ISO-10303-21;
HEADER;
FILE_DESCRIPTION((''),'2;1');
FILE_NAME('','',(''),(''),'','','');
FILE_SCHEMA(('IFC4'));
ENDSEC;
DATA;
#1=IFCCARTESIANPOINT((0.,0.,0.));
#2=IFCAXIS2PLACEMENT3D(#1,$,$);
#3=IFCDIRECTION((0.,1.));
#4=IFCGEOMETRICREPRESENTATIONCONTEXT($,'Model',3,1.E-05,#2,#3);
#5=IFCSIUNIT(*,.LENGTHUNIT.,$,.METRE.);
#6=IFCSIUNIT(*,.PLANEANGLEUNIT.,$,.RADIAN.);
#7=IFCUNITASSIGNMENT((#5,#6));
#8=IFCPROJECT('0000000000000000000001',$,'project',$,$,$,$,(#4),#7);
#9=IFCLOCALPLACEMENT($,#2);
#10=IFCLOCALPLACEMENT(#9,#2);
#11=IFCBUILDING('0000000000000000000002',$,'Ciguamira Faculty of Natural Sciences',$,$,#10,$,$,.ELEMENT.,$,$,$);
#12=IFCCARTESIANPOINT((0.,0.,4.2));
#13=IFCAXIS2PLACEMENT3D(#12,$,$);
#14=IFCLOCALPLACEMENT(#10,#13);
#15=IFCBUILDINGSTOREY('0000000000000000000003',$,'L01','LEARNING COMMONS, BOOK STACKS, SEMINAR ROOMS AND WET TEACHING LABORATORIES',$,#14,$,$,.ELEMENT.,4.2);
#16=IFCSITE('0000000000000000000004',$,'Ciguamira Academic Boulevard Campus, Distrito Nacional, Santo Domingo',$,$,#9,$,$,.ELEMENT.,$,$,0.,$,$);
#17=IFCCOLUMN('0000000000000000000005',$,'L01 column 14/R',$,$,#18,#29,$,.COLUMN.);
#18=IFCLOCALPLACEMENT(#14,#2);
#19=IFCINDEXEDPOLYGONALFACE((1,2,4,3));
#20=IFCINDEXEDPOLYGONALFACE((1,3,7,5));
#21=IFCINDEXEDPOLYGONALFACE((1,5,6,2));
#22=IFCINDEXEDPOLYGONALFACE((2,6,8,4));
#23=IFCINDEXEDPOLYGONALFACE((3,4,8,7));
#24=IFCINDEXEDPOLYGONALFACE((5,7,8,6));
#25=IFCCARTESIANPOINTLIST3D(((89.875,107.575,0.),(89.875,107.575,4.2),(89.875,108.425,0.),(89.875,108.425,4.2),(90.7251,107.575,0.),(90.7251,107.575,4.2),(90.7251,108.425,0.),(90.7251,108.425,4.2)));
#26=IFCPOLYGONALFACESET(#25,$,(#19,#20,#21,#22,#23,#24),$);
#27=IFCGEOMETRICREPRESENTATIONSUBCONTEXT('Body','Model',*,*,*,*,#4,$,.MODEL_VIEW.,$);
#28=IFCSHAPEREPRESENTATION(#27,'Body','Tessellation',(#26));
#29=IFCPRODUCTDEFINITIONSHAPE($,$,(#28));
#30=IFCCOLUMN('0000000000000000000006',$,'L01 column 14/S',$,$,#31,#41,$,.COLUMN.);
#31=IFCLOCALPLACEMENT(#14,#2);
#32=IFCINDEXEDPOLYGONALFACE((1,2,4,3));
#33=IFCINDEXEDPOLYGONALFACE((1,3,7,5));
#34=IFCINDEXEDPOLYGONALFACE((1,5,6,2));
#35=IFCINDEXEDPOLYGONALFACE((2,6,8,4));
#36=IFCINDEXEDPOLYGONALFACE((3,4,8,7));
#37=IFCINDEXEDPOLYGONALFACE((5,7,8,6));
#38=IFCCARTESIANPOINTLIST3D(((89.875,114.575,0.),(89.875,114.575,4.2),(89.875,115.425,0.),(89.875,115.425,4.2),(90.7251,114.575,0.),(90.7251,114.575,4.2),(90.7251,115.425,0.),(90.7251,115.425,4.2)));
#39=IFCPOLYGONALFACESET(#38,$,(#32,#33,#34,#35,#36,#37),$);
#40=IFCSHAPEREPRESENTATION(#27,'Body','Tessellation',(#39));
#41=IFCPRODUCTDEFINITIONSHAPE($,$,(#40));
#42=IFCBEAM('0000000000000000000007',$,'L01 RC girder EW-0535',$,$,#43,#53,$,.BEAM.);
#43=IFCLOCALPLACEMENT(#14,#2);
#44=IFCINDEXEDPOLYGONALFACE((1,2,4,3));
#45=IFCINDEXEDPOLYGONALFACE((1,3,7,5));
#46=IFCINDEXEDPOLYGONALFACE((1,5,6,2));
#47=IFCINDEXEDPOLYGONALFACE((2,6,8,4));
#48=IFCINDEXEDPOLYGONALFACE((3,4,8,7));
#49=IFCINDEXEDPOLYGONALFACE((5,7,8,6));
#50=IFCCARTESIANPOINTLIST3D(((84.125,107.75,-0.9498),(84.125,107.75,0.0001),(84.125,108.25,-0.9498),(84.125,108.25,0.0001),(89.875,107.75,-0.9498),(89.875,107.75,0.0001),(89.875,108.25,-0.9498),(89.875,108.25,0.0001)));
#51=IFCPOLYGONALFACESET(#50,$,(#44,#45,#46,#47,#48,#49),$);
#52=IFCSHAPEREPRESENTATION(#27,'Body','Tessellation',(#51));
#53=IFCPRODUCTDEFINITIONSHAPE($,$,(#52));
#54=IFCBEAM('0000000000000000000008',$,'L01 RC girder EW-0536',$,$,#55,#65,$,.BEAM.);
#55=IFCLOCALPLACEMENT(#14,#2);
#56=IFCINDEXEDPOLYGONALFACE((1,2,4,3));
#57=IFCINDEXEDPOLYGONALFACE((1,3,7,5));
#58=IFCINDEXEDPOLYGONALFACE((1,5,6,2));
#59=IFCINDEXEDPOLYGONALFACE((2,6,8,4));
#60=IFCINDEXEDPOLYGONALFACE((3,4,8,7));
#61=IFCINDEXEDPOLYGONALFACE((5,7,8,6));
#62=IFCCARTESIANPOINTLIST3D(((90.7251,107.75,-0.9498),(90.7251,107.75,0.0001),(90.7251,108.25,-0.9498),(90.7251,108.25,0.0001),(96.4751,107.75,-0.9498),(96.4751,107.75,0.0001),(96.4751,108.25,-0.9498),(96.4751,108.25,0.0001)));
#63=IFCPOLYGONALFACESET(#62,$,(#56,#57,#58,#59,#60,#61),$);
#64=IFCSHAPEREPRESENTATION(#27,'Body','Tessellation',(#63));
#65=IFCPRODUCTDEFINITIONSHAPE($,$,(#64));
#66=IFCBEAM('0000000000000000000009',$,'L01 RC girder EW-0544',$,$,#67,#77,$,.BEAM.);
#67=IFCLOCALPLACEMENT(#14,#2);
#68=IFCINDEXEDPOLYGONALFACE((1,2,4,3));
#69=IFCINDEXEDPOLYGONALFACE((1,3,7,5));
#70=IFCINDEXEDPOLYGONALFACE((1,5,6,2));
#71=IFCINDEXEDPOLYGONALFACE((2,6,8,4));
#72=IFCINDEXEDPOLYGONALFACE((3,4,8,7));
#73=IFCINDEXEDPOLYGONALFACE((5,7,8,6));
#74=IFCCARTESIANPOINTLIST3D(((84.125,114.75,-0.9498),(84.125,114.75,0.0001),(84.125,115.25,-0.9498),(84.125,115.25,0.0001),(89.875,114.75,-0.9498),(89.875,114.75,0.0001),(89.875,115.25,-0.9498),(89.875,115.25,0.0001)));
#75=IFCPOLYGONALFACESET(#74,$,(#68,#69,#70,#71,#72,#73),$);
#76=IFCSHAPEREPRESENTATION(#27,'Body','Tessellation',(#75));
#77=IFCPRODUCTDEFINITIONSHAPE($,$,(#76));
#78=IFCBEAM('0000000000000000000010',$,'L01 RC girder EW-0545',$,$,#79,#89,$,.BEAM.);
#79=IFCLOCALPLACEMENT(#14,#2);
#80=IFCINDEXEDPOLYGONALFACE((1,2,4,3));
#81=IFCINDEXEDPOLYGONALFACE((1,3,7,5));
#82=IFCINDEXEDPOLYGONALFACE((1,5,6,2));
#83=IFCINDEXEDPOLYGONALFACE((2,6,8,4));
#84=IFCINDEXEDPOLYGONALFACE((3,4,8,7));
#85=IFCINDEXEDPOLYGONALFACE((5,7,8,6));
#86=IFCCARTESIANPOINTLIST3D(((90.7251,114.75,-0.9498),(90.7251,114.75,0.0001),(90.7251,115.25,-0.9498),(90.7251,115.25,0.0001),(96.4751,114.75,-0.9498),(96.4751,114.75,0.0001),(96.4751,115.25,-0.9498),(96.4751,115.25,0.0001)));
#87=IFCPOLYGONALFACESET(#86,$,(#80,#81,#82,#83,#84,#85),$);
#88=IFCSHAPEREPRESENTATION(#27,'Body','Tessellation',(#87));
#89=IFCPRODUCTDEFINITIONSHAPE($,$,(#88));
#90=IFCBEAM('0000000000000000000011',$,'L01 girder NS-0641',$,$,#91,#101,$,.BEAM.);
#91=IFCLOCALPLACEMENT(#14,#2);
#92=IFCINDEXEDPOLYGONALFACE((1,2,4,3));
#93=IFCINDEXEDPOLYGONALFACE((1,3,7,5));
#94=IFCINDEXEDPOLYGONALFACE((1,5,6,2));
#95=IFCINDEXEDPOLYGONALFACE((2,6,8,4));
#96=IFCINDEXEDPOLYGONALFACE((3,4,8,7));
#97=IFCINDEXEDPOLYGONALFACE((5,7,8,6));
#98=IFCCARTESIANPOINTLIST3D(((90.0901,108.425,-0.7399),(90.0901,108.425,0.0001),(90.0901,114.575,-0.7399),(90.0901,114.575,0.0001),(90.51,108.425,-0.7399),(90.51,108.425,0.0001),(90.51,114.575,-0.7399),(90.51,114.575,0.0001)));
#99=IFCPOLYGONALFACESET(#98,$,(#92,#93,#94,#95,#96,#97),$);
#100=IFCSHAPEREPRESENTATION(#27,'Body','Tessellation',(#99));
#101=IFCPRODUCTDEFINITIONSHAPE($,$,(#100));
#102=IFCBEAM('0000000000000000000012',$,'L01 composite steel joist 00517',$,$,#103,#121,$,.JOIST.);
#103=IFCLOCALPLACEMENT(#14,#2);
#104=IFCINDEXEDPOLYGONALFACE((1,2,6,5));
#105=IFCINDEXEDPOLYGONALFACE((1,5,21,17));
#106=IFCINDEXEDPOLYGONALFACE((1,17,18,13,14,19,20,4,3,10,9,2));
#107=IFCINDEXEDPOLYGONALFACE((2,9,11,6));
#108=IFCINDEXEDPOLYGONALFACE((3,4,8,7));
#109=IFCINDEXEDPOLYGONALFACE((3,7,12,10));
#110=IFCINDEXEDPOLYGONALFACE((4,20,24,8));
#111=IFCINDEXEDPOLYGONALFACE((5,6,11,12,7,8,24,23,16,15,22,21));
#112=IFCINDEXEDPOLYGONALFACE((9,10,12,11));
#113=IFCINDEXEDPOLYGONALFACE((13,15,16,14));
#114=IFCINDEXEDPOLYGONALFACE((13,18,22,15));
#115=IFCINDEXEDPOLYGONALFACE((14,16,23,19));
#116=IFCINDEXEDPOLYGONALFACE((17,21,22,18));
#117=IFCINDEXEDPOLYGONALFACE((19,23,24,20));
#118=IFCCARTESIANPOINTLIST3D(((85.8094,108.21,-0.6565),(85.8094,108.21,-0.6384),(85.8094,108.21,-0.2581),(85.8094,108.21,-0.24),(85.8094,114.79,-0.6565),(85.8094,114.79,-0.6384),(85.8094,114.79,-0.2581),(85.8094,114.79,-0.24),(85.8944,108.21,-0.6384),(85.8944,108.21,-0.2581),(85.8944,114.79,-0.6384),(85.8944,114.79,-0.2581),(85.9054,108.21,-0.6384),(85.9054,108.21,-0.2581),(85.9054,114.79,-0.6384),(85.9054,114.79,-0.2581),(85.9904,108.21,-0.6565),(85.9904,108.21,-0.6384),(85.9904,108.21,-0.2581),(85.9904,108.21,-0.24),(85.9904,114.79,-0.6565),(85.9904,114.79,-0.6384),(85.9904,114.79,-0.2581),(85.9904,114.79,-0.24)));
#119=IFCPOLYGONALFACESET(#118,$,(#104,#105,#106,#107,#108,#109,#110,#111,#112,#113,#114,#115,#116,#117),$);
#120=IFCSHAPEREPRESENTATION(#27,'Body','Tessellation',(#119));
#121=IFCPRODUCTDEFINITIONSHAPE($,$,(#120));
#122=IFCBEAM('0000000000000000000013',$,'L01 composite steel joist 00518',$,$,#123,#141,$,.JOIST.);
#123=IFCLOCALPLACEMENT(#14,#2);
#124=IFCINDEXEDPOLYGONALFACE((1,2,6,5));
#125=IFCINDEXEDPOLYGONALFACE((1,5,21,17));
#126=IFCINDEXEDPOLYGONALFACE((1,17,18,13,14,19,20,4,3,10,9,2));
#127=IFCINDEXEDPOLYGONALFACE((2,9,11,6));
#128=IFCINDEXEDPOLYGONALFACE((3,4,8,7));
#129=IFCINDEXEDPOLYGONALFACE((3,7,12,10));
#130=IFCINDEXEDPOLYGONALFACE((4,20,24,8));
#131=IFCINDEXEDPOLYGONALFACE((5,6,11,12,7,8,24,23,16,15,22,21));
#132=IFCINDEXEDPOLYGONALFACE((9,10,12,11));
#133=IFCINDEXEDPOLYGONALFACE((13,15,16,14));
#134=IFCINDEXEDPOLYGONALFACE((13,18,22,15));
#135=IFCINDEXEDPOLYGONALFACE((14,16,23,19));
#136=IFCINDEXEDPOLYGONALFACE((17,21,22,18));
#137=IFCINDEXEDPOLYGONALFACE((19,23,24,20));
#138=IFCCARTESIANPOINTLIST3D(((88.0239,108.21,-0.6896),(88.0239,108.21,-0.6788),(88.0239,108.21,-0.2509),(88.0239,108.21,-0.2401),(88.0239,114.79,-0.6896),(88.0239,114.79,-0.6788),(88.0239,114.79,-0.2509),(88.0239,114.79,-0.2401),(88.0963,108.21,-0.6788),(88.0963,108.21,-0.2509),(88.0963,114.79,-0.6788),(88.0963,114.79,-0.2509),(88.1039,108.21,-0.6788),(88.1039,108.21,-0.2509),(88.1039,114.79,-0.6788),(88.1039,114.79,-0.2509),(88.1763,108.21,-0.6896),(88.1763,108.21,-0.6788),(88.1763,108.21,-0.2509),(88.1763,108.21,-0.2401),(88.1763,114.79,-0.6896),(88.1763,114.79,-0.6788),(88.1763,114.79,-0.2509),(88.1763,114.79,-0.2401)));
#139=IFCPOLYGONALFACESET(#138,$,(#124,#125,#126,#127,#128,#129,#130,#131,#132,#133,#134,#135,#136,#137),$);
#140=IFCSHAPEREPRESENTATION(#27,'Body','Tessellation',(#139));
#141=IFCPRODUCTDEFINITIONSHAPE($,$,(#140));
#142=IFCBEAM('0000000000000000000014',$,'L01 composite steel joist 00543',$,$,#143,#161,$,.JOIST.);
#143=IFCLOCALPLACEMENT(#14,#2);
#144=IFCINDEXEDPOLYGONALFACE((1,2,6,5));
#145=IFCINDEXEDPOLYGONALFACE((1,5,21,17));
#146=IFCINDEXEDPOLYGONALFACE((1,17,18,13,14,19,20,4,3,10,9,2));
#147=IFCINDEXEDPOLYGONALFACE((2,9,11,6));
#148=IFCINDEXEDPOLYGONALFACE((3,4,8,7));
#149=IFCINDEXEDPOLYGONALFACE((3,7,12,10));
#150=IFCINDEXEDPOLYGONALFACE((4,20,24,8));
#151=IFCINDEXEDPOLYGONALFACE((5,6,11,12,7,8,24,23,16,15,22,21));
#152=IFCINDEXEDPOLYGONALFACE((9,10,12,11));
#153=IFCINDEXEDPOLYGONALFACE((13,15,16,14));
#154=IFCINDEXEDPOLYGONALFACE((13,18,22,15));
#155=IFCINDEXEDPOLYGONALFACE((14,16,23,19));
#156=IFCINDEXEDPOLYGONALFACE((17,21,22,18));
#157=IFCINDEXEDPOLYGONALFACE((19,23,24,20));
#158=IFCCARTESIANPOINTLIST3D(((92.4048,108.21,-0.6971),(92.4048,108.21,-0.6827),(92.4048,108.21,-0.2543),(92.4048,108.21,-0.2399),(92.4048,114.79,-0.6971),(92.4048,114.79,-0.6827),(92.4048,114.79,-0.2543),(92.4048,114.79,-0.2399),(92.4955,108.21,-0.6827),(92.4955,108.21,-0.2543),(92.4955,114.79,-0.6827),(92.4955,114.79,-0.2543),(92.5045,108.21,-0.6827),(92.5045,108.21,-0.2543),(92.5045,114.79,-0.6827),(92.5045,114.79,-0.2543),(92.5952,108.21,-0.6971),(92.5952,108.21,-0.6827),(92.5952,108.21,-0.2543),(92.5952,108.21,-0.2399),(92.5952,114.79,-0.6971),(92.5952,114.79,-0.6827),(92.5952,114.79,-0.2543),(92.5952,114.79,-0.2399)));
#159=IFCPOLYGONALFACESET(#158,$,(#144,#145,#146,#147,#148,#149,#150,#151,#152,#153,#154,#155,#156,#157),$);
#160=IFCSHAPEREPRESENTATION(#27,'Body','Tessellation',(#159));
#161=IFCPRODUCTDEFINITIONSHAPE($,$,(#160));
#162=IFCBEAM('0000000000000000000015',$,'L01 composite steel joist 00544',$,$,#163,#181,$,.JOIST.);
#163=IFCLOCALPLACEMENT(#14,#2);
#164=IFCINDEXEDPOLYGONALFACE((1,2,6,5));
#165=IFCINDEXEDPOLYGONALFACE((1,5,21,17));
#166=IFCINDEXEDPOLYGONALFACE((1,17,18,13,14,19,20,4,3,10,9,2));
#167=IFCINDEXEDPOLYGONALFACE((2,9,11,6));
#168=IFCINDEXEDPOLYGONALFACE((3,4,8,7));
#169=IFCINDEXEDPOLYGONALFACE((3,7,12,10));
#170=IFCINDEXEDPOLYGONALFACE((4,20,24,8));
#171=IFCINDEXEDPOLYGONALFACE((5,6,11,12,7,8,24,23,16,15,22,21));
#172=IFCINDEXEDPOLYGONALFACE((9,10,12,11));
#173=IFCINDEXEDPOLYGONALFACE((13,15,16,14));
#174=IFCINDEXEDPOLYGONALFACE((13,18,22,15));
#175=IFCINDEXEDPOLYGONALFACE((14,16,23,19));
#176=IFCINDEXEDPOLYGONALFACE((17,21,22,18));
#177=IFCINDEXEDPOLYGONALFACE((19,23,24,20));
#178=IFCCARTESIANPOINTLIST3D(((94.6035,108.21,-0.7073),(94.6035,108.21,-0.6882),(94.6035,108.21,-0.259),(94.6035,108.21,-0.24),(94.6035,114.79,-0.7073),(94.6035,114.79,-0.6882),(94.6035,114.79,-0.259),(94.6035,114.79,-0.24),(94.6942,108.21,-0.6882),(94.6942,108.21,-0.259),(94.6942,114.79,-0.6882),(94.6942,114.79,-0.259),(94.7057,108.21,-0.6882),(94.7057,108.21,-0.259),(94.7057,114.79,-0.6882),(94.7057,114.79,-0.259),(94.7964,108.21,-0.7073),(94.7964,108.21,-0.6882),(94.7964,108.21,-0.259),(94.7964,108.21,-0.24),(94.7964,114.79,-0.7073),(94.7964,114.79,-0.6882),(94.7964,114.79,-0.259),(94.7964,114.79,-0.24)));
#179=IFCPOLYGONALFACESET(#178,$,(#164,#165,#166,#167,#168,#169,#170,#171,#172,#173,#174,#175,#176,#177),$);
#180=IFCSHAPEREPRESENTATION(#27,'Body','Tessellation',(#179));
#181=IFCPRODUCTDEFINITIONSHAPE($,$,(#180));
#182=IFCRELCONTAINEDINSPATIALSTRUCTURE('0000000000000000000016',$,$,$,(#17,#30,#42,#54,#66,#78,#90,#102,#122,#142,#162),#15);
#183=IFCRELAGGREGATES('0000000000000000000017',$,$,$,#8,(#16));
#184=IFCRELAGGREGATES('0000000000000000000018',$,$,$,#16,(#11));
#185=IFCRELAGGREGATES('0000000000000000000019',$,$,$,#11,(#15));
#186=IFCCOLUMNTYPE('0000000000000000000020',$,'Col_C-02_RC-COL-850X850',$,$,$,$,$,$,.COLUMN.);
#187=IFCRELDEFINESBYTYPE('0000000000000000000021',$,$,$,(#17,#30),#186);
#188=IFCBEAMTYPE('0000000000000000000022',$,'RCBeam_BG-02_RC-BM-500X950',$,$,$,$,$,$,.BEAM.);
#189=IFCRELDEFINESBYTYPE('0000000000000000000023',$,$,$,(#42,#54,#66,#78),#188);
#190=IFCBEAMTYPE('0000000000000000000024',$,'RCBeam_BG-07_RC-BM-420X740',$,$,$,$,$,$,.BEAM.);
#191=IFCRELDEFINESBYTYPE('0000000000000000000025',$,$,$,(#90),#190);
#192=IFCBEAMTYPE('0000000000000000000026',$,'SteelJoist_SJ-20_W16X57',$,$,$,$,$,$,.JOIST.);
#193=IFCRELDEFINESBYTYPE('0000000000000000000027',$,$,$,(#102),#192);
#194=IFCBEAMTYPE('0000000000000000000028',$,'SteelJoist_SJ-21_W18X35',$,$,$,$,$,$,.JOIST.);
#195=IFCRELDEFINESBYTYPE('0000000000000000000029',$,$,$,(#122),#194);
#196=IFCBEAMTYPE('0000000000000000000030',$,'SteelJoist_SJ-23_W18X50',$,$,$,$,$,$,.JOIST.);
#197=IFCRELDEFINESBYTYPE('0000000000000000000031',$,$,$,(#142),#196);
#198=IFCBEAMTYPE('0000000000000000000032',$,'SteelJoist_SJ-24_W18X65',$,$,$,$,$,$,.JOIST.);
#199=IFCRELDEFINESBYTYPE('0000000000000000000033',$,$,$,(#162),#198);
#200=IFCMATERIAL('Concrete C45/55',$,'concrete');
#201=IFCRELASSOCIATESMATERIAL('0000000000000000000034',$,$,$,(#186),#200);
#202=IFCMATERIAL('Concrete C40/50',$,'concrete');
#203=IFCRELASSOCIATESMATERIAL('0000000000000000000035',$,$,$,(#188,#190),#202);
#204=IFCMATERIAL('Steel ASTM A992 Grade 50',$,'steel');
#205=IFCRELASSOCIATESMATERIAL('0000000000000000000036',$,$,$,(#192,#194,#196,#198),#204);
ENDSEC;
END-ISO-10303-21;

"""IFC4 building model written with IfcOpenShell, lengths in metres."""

from ifc_helpers import new_model, si_unit, direction, frame, origin, origin_2d, place, context, subcontext, project, spatial, rectangle, i_section, extrude, material, material_profile, profile_set, type_object, element, save


model = new_model("IFC4")

# Units and contexts
model_context = context("Model", 3, precision=1e-05, world=origin(), true_north=direction((0.0, 1.0)))
body_context = subcontext(model_context, "Body", "Model", "MODEL_VIEW")
ifc_project = project(units=[si_unit("LENGTHUNIT", "METRE"), si_unit("PLANEANGLEUNIT", "RADIAN")], contexts=[model_context])

# Site, building, storey
site_placement = place(None, origin())
site = spatial("IfcSite", under=ifc_project, at=site_placement, Name="Ciguamira Academic Boulevard Campus, Distrito Nacional, Santo Domingo", CompositionType="ELEMENT", RefElevation=0.0)
building_placement = place(site_placement, origin())
building = spatial("IfcBuilding", under=site, at=building_placement, Name="Ciguamira Faculty of Natural Sciences", CompositionType="ELEMENT")
storey_placement = place(building_placement, frame((0.0, 0.0, 4.2)))
storey = spatial("IfcBuildingStorey", under=building, at=storey_placement, Name="L01", Description="LEARNING COMMONS, BOOK STACKS, SEMINAR ROOMS AND WET TEACHING LABORATORIES", CompositionType="ELEMENT", Elevation=4.2)

# Columns
ifc_material_1 = material(Name="Concrete C45/55", Category="concrete")
ifc_material_profile_1 = material_profile(ifc_material_1, rectangle(XDim=0.8501, YDim=0.8501, at=origin_2d()), Name="RC-COL-850X850")
ifc_profile_set_1 = profile_set([ifc_material_profile_1], Name="Concrete C45/55")
column_type = type_object("IfcColumnType", Name="Col_C-02_RC-COL-850X850", PredefinedType="COLUMN", material=ifc_profile_set_1)
for number, where, z_axis, x_axis, name in (
    (1, (90.3, 108.0, 0.0), (0.0, 0.0, 1.0), (1.0, 0.0, 0.0), "L01 column 14/R"),
    (2, (90.3, 115.0, 0.0), (0.0, 0.0, 1.0), (1.0, 0.0, 0.0), "L01 column 14/S"),
):
    element("IfcColumn", number, at=place(storey_placement, frame(where, z_axis=z_axis, x_axis=x_axis)), inside=storey, type_object=column_type, Name=name, PredefinedType="COLUMN", context=body_context, shape_type="SweptSolid", body=[
        extrude(rectangle(XDim=0.8501, YDim=0.8501, at=origin_2d()), origin(), (0.0, 0.0, 1.0), 4.2),
    ])

# Beams
ifc_material_2 = material(Name="Concrete C40/50", Category="concrete")
ifc_material_profile_2 = material_profile(ifc_material_2, rectangle(XDim=0.5, YDim=0.95, at=origin_2d()), Name="RC-BM-500X950")
ifc_profile_set_2 = profile_set([ifc_material_profile_2], Name="Concrete C40/50")
beam_type_1 = type_object("IfcBeamType", Name="RCBeam_BG-02_RC-BM-500X950", PredefinedType="BEAM", material=ifc_profile_set_2)
for number, where, z_axis, x_axis, name in (
    (3, (84.125, 108.0, -0.4749), (1.0, 0.0, 0.0), (0.0, 1.0, 0.0), "L01 RC girder EW-0535"),
    (4, (90.7251, 108.0, -0.4749), (1.0, 0.0, 0.0), (0.0, 1.0, 0.0), "L01 RC girder EW-0536"),
    (5, (84.125, 115.0, -0.4749), (1.0, 0.0, 0.0), (0.0, 1.0, 0.0), "L01 RC girder EW-0544"),
    (6, (90.7251, 115.0, -0.4749), (1.0, 0.0, 0.0), (0.0, 1.0, 0.0), "L01 RC girder EW-0545"),
):
    element("IfcBeam", number, at=place(storey_placement, frame(where, z_axis=z_axis, x_axis=x_axis)), inside=storey, type_object=beam_type_1, Name=name, PredefinedType="BEAM", context=body_context, shape_type="SweptSolid", body=[
        extrude(rectangle(XDim=0.5, YDim=0.95, at=origin_2d()), origin(), (0.0, 0.0, 1.0), 5.75),
    ])
ifc_material_profile_3 = material_profile(ifc_material_2, rectangle(XDim=0.4199, YDim=0.74, at=origin_2d()), Name="RC-BM-420X740")
ifc_profile_set_3 = profile_set([ifc_material_profile_3], Name="Concrete C40/50")
beam_type_2 = type_object("IfcBeamType", Name="RCBeam_BG-07_RC-BM-420X740", PredefinedType="BEAM", material=ifc_profile_set_3)
beam_1_placement = place(storey_placement, frame((90.3, 108.425, -0.3699), z_axis=(0.0, 1.0, 0.0), x_axis=(-1.0, 0.0, 0.0)))
element("IfcBeam", 7, at=beam_1_placement, inside=storey, type_object=beam_type_2, Name="L01 girder NS-0641", PredefinedType="BEAM", context=body_context, shape_type="SweptSolid", body=[
    extrude(rectangle(XDim=0.4199, YDim=0.74, at=origin_2d()), origin(), (0.0, 0.0, 1.0), 6.1499),
])
ifc_material_3 = material(Name="Steel ASTM A992 Grade 50", Category="steel")
ifc_material_profile_4 = material_profile(ifc_material_3, i_section(OverallWidth=0.1809, OverallDepth=0.4165, WebThickness=0.011, FlangeThickness=0.0181, at=origin_2d()), Name="W16X57")
ifc_profile_set_4 = profile_set([ifc_material_profile_4], Name="Steel ASTM A992 Grade 50")
beam_type_3 = type_object("IfcBeamType", Name="SteelJoist_SJ-20_W16X57", PredefinedType="JOIST", material=ifc_profile_set_4)
beam_2_placement = place(storey_placement, frame((85.8999, 108.21, -0.4482), z_axis=(0.0, 1.0, 0.0), x_axis=(-1.0, 0.0, 0.0)))
element("IfcBeam", 8, at=beam_2_placement, inside=storey, type_object=beam_type_3, Name="L01 composite steel joist 00517", PredefinedType="JOIST", context=body_context, shape_type="SweptSolid", body=[
    extrude(i_section(OverallWidth=0.1809, OverallDepth=0.4165, WebThickness=0.011, FlangeThickness=0.0181, at=origin_2d()), origin(), (0.0, 0.0, 1.0), 6.5801),
])
ifc_material_profile_5 = material_profile(ifc_material_3, i_section(OverallWidth=0.1523, OverallDepth=0.4495, WebThickness=0.0076, FlangeThickness=0.0107, at=origin_2d()), Name="W18X35")
ifc_profile_set_5 = profile_set([ifc_material_profile_5], Name="Steel ASTM A992 Grade 50")
beam_type_4 = type_object("IfcBeamType", Name="SteelJoist_SJ-21_W18X35", PredefinedType="JOIST", material=ifc_profile_set_5)
beam_3_placement = place(storey_placement, frame((88.1001, 108.21, -0.4648), z_axis=(0.0, 1.0, 0.0), x_axis=(-1.0, 0.0, 0.0)))
element("IfcBeam", 9, at=beam_3_placement, inside=storey, type_object=beam_type_4, Name="L01 composite steel joist 00518", PredefinedType="JOIST", context=body_context, shape_type="SweptSolid", body=[
    extrude(i_section(OverallWidth=0.1523, OverallDepth=0.4495, WebThickness=0.0076, FlangeThickness=0.0107, at=origin_2d()), origin(), (0.0, 0.0, 1.0), 6.5801),
])
ifc_material_profile_6 = material_profile(ifc_material_3, i_section(OverallWidth=0.1904, OverallDepth=0.4573, WebThickness=0.009, FlangeThickness=0.0144, at=origin_2d()), Name="W18X50")
ifc_profile_set_6 = profile_set([ifc_material_profile_6], Name="Steel ASTM A992 Grade 50")
beam_type_5 = type_object("IfcBeamType", Name="SteelJoist_SJ-23_W18X50", PredefinedType="JOIST", material=ifc_profile_set_6)
beam_4_placement = place(storey_placement, frame((92.5, 108.21, -0.4685), z_axis=(0.0, 1.0, 0.0), x_axis=(-1.0, 0.0, 0.0)))
element("IfcBeam", 10, at=beam_4_placement, inside=storey, type_object=beam_type_5, Name="L01 composite steel joist 00543", PredefinedType="JOIST", context=body_context, shape_type="SweptSolid", body=[
    extrude(i_section(OverallWidth=0.1904, OverallDepth=0.4573, WebThickness=0.009, FlangeThickness=0.0144, at=origin_2d()), origin(), (0.0, 0.0, 1.0), 6.5801),
])
ifc_material_profile_7 = material_profile(ifc_material_3, i_section(OverallWidth=0.1929, OverallDepth=0.4673, WebThickness=0.0115, FlangeThickness=0.019, at=origin_2d()), Name="W18X65")
ifc_profile_set_7 = profile_set([ifc_material_profile_7], Name="Steel ASTM A992 Grade 50")
beam_type_6 = type_object("IfcBeamType", Name="SteelJoist_SJ-24_W18X65", PredefinedType="JOIST", material=ifc_profile_set_7)
beam_5_placement = place(storey_placement, frame((94.7, 108.21, -0.4736), z_axis=(0.0, 1.0, 0.0), x_axis=(-1.0, 0.0, 0.0)))
element("IfcBeam", 11, at=beam_5_placement, inside=storey, type_object=beam_type_6, Name="L01 composite steel joist 00544", PredefinedType="JOIST", context=body_context, shape_type="SweptSolid", body=[
    extrude(i_section(OverallWidth=0.1929, OverallDepth=0.4673, WebThickness=0.0115, FlangeThickness=0.019, at=origin_2d()), origin(), (0.0, 0.0, 1.0), 6.5801),
])

save(model, "model.ifc")
